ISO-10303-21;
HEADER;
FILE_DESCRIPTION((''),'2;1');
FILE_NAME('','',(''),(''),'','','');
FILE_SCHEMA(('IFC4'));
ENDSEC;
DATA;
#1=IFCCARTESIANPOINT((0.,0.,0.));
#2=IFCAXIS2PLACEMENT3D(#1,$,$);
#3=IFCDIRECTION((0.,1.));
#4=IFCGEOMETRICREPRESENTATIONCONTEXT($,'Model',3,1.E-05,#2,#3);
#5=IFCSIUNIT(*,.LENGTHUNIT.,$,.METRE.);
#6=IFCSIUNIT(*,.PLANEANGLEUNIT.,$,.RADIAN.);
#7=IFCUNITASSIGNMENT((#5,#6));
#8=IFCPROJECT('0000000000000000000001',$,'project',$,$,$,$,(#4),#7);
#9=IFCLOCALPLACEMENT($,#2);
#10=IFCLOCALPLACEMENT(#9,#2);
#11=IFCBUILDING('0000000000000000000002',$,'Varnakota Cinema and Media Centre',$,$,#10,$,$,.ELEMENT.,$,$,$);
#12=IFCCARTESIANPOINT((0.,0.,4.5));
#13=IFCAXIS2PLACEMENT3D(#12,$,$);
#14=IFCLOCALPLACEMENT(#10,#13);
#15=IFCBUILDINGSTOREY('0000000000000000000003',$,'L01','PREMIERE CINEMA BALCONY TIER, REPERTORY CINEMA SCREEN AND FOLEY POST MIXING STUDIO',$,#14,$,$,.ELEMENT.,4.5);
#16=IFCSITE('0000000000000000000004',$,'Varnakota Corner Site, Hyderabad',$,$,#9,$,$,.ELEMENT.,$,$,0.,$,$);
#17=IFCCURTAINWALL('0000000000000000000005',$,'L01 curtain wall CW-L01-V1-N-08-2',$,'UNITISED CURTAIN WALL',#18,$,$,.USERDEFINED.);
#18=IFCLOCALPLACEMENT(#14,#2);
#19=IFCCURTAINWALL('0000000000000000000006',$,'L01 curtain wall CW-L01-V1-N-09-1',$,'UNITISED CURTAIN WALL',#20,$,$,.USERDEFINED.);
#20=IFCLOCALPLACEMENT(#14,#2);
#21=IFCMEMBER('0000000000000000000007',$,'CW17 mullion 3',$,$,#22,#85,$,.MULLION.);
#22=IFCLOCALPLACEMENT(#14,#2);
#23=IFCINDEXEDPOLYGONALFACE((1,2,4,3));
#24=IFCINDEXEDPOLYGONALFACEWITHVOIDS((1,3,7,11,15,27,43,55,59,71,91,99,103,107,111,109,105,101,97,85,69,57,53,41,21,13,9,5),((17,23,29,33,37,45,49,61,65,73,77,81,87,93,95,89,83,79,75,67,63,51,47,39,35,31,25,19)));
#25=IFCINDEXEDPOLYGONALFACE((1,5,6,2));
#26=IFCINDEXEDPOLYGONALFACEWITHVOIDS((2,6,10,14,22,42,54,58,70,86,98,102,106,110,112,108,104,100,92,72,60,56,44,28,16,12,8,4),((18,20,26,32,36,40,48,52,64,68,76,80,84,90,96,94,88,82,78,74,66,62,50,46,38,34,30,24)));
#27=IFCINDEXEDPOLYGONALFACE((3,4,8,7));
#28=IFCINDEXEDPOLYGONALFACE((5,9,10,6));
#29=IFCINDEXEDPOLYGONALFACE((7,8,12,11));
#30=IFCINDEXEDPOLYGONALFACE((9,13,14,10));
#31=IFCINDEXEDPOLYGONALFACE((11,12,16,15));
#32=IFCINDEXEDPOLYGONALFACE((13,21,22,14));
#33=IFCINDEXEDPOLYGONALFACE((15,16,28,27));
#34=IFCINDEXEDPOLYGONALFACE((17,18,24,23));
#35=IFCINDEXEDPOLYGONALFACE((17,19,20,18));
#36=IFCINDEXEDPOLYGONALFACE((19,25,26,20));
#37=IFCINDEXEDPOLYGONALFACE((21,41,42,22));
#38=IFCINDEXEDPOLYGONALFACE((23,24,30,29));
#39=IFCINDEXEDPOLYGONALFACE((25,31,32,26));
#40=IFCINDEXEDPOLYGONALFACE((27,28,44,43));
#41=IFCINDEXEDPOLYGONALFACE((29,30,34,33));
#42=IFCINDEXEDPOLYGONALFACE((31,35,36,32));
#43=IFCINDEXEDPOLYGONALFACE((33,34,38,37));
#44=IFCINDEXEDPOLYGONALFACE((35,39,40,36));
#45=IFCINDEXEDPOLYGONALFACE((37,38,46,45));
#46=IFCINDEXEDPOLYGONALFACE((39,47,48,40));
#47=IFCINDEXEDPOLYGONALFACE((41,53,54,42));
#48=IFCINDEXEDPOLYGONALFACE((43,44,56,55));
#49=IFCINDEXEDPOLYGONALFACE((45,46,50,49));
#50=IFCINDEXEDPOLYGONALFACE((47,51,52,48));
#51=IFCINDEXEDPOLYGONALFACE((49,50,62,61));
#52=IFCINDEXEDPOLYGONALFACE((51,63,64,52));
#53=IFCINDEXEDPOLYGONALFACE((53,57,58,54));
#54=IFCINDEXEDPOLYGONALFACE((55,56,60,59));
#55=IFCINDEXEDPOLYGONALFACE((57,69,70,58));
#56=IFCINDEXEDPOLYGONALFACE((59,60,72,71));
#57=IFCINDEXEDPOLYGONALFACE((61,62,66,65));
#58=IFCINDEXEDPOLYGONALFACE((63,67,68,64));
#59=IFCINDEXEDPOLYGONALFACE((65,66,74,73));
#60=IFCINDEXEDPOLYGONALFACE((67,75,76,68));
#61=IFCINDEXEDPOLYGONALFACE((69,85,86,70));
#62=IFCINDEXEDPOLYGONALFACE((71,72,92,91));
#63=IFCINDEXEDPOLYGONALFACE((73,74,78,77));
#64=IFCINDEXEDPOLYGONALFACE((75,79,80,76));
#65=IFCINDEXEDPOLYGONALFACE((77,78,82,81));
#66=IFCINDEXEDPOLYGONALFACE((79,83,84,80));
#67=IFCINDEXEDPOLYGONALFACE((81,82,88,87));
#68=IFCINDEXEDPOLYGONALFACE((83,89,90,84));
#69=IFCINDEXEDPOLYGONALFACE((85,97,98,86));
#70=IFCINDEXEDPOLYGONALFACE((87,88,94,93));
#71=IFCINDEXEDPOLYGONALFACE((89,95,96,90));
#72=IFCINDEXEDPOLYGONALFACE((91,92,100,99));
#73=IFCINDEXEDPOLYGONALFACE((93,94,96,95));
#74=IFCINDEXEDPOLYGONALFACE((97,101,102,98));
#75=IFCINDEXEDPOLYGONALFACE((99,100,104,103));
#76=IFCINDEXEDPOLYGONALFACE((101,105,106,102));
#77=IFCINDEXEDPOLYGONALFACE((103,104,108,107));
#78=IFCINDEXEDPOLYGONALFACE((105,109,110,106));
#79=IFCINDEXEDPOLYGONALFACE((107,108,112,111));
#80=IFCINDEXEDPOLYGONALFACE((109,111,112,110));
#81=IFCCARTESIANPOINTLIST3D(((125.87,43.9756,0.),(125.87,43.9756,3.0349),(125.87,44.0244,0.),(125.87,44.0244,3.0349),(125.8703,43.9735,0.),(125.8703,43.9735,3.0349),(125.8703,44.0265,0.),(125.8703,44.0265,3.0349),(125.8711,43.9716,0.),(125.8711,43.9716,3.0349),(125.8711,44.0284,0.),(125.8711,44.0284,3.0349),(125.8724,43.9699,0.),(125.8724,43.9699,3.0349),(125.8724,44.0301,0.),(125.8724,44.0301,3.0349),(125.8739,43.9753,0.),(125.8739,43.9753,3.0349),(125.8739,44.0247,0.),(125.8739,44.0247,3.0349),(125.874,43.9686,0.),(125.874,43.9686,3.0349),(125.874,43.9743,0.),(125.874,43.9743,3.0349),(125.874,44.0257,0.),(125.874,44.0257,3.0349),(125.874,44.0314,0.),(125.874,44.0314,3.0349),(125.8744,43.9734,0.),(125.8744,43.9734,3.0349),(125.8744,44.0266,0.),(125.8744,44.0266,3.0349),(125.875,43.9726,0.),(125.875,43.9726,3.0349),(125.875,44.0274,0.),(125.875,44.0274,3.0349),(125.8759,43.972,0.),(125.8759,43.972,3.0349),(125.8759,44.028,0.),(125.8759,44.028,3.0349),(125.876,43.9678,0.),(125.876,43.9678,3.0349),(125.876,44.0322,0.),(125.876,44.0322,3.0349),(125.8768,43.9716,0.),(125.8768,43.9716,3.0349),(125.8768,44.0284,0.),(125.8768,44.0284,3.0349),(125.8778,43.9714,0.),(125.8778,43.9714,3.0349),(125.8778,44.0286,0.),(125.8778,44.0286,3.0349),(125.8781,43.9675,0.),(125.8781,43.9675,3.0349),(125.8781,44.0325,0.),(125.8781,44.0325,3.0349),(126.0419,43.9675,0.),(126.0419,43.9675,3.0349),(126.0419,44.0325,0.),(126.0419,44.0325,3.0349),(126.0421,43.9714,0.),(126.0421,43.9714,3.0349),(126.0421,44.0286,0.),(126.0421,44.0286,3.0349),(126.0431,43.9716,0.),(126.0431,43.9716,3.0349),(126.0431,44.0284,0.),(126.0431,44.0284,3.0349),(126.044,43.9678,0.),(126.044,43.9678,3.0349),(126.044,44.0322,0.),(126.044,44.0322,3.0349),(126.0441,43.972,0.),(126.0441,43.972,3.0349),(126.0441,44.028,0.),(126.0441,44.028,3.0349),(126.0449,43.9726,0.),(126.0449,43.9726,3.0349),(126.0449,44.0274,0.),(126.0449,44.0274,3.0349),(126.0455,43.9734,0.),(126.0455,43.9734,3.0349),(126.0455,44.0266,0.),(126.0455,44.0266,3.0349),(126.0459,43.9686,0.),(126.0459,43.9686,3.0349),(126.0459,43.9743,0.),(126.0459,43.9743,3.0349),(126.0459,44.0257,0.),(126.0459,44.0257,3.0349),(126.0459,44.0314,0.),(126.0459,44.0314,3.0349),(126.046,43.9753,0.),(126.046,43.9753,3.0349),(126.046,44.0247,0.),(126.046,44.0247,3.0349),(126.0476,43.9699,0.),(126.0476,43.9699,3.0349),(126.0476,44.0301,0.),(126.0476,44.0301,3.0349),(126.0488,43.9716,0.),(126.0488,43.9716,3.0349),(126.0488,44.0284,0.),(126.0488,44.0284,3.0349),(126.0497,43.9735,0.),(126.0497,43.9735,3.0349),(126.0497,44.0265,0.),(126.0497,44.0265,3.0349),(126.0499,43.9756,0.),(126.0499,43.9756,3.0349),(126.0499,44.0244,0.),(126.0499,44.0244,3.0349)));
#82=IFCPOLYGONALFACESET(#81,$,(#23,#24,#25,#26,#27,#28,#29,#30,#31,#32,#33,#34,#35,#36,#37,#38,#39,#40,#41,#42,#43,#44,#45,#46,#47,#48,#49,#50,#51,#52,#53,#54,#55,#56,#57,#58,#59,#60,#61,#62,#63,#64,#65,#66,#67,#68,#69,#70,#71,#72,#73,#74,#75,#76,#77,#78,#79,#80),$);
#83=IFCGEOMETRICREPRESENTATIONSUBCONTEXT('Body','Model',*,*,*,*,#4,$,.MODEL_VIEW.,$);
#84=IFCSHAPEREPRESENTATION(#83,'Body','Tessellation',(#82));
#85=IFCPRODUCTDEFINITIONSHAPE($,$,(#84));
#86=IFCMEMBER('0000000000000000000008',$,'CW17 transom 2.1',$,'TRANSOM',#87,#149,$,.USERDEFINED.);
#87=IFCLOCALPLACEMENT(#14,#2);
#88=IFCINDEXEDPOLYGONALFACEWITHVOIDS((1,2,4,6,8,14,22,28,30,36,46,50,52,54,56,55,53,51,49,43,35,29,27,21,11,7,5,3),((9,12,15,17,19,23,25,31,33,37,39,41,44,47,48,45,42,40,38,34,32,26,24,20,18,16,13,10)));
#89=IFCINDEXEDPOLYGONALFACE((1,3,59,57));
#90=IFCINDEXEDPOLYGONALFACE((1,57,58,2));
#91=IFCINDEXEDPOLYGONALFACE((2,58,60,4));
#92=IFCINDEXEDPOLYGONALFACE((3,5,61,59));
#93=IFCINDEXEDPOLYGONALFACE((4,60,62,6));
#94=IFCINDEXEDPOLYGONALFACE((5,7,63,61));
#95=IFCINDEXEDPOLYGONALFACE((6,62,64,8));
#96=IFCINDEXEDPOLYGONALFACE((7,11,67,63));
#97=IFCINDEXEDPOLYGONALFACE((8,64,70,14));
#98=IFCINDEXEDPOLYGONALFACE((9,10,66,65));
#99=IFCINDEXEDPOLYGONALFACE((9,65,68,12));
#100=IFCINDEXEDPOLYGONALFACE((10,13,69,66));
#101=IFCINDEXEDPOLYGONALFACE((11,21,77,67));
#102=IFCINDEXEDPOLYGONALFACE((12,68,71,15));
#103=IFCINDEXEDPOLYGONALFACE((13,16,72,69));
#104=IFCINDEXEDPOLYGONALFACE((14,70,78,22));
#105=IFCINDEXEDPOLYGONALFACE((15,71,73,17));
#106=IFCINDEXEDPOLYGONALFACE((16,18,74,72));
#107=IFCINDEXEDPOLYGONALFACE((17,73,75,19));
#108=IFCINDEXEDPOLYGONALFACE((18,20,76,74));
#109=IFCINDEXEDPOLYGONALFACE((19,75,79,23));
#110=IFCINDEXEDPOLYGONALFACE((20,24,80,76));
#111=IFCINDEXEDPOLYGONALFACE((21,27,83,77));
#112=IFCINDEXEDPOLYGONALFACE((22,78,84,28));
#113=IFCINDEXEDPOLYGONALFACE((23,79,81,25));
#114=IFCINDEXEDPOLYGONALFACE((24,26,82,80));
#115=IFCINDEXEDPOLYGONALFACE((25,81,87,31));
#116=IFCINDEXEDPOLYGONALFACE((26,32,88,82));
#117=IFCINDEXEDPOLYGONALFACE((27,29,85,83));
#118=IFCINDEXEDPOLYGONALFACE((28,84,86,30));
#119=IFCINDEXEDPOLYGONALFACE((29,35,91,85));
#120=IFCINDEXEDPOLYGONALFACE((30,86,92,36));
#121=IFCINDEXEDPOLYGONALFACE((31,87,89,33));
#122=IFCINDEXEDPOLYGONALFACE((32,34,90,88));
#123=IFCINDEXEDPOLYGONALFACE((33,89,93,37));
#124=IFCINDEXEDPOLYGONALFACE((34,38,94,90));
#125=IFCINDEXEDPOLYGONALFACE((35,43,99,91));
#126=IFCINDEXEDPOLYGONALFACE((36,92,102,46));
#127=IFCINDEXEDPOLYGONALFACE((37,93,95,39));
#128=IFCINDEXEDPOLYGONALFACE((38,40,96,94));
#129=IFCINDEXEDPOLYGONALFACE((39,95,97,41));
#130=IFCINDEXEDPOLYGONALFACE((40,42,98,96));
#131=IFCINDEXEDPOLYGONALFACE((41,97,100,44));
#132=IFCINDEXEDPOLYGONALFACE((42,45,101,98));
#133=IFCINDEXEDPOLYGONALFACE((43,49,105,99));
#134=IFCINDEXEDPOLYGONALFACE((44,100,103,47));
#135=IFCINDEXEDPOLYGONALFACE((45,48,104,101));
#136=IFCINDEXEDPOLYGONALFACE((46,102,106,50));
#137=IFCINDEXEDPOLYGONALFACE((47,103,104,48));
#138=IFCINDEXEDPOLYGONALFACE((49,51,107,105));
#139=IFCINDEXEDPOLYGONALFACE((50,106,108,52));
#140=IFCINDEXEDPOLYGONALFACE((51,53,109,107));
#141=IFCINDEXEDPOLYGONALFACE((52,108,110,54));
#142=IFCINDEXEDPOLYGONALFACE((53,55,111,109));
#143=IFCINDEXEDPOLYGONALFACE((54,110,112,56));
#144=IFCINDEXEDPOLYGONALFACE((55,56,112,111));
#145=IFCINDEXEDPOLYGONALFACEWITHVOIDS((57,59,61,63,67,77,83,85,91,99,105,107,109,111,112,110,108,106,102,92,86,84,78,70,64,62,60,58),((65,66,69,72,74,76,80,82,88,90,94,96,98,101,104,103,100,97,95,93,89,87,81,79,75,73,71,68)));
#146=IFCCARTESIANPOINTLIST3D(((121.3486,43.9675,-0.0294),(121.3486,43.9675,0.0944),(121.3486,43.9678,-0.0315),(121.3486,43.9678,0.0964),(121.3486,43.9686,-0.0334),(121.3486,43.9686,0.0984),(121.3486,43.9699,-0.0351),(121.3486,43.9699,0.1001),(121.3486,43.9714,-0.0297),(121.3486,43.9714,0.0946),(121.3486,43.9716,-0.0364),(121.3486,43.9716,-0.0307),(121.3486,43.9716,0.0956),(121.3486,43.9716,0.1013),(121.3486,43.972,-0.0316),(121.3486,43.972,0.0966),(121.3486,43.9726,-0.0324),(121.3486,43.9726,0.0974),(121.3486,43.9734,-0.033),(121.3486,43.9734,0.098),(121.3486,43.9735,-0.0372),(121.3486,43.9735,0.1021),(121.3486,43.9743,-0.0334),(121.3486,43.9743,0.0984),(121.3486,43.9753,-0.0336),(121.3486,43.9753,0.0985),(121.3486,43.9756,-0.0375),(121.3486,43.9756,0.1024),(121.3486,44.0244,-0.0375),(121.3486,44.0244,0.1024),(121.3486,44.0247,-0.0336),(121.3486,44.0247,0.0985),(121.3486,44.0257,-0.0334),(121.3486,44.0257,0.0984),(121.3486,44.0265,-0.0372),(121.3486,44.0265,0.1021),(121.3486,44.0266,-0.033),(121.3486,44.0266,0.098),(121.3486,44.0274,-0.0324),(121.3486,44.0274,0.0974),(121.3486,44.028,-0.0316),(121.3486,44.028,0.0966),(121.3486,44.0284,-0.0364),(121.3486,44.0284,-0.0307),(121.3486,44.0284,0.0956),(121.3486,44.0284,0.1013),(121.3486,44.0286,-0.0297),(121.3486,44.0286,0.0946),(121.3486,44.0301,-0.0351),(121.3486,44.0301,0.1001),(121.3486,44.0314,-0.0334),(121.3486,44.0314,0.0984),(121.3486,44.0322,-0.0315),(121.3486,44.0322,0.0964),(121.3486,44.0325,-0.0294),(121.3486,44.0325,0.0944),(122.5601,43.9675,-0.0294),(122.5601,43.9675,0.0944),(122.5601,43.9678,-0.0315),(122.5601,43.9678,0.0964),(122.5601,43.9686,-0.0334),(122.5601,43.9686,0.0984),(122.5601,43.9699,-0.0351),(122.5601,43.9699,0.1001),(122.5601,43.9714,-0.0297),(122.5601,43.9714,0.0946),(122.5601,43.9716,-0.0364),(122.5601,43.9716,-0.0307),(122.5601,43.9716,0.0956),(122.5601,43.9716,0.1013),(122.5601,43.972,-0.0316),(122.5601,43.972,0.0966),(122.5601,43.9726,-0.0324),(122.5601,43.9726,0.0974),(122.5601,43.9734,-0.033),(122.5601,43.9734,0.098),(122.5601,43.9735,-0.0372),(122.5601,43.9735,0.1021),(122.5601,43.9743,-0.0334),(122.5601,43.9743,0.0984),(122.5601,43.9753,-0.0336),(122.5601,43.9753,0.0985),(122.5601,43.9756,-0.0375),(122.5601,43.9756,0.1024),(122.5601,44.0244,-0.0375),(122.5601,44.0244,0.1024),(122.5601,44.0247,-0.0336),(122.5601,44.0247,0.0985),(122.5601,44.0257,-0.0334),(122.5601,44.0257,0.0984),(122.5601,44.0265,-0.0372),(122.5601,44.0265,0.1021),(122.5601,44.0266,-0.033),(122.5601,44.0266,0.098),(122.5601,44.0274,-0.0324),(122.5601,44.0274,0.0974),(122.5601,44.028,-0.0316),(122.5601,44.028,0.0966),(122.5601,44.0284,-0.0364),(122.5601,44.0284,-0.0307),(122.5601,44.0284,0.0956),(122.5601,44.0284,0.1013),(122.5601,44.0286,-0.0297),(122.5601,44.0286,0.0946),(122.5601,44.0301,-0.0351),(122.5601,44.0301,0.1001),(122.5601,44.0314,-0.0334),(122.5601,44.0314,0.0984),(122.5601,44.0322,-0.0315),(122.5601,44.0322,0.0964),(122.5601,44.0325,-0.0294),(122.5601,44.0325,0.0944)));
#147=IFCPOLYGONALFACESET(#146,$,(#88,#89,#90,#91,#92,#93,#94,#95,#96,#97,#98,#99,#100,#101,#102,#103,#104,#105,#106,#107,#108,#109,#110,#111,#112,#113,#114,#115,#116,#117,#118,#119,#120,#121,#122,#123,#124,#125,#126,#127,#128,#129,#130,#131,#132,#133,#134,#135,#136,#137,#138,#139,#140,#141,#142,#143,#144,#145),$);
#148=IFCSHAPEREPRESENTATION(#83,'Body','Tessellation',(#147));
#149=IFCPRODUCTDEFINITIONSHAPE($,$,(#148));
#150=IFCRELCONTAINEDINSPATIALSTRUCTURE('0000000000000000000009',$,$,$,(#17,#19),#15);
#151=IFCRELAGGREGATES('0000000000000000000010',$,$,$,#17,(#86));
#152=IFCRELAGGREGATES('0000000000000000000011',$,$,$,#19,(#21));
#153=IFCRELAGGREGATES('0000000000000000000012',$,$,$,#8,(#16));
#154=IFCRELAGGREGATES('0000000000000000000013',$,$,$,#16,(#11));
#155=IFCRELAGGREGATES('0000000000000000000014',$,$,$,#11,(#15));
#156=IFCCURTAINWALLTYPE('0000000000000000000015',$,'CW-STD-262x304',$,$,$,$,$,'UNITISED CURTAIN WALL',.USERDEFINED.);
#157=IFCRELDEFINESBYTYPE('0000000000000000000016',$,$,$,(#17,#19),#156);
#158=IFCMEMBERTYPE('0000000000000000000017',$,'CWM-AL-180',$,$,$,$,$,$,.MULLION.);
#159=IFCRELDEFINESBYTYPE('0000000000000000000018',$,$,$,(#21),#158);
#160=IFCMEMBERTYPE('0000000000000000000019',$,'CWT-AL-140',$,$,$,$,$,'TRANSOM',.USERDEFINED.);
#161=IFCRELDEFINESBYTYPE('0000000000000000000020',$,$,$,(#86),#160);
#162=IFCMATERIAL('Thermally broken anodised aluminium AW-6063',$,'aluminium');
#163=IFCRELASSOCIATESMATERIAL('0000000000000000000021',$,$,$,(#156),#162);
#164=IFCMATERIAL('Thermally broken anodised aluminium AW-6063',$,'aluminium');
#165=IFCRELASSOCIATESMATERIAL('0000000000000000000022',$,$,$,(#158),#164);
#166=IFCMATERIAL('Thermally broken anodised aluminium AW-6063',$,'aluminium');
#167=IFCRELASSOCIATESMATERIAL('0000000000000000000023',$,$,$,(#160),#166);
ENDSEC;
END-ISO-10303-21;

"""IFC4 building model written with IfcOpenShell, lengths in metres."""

from ifc_helpers import new_model, si_unit, direction, frame, origin, origin_2d, place, context, subcontext, project, spatial, hollow_rectangle, extrude, material, material_profile, profile_set, type_object, element, aggregate, save


model = new_model("IFC4")

# Units and contexts
model_context = context("Model", 3, precision=1e-05, world=origin(), true_north=direction((0.0, 1.0)))
body_context = subcontext(model_context, "Body", "Model", "MODEL_VIEW")
ifc_project = project(units=[si_unit("LENGTHUNIT", "METRE"), si_unit("PLANEANGLEUNIT", "RADIAN")], contexts=[model_context])

# Site, building, storey
site_placement = place(None, origin())
site = spatial("IfcSite", under=ifc_project, at=site_placement, Name="Varnakota Corner Site, Hyderabad", CompositionType="ELEMENT", RefElevation=0.0)
building_placement = place(site_placement, origin())
building = spatial("IfcBuilding", under=site, at=building_placement, Name="Varnakota Cinema and Media Centre", CompositionType="ELEMENT")
storey_placement = place(building_placement, frame((0.0, 0.0, 4.5)))
storey = spatial("IfcBuildingStorey", under=building, at=storey_placement, Name="L01", Description="PREMIERE CINEMA BALCONY TIER, REPERTORY CINEMA SCREEN AND FOLEY POST MIXING STUDIO", CompositionType="ELEMENT", Elevation=4.5)

# Curtain walls, member
ifc_material_1 = material(Name="Thermally broken anodised aluminium AW-6063", Category="aluminium")
curtain_wall_type = type_object("IfcCurtainWallType", Name="CW-STD-262x304", ElementType="UNITISED CURTAIN WALL", PredefinedType="USERDEFINED", material=ifc_material_1)
curtain_wall_1_placement = place(storey_placement, origin())
curtain_wall_1 = element("IfcCurtainWall", 1, at=curtain_wall_1_placement, inside=storey, type_object=curtain_wall_type, Name="L01 curtain wall CW-L01-V1-N-08-2", ObjectType="UNITISED CURTAIN WALL", PredefinedType="USERDEFINED")
ifc_material_2 = material(Name="Thermally broken anodised aluminium AW-6063", Category="aluminium")
ifc_material_profile_1 = material_profile(ifc_material_2, hollow_rectangle(XDim=0.0649, YDim=0.1799, WallThickness=0.0039, InnerFilletRadius=0.0039, OuterFilletRadius=0.0081, at=origin_2d()), Name="AL-MULLION 180x65x4")
ifc_profile_set_1 = profile_set([ifc_material_profile_1], Name="Thermally broken anodised aluminium AW-6063")
member_type_1 = type_object("IfcMemberType", Name="CWM-AL-180", PredefinedType="MULLION", material=ifc_profile_set_1)
curtain_wall_2_placement = place(storey_placement, origin())
curtain_wall_2 = element("IfcCurtainWall", 2, at=curtain_wall_2_placement, inside=storey, type_object=curtain_wall_type, Name="L01 curtain wall CW-L01-V1-N-09-1", ObjectType="UNITISED CURTAIN WALL", PredefinedType="USERDEFINED")
member_1_placement = place(storey_placement, frame((125.96, 44.0, 0.0), z_axis=(0.0, 0.0, 1.0), x_axis=(0.0, 1.0, 0.0)))
member_1 = element("IfcMember", 3, at=member_1_placement, type_object=member_type_1, Name="CW17 mullion 3", PredefinedType="MULLION", context=body_context, shape_type="SweptSolid", body=[
    extrude(hollow_rectangle(XDim=0.0649, YDim=0.1799, WallThickness=0.0039, InnerFilletRadius=0.0039, OuterFilletRadius=0.0081, at=origin_2d()), origin(), (0.0, 0.0, 1.0), 3.0349),
])

# Member
ifc_material_3 = material(Name="Thermally broken anodised aluminium AW-6063", Category="aluminium")
ifc_material_profile_2 = material_profile(ifc_material_3, hollow_rectangle(XDim=0.0649, YDim=0.1399, WallThickness=0.0039, InnerFilletRadius=0.0039, OuterFilletRadius=0.0081, at=origin_2d()), Name="AL-TRANSOM 140x65x4")
ifc_profile_set_2 = profile_set([ifc_material_profile_2], Name="Thermally broken anodised aluminium AW-6063")
member_type_2 = type_object("IfcMemberType", Name="CWT-AL-140", ElementType="TRANSOM", PredefinedType="USERDEFINED", material=ifc_profile_set_2)
member_2_placement = place(storey_placement, frame((121.3486, 44.0, 0.0325), z_axis=(1.0, 0.0, 0.0), x_axis=(0.0, 1.0, 0.0)))
member_2 = element("IfcMember", 4, at=member_2_placement, type_object=member_type_2, Name="CW17 transom 2.1", ObjectType="TRANSOM", PredefinedType="USERDEFINED", context=body_context, shape_type="SweptSolid", body=[
    extrude(hollow_rectangle(XDim=0.0649, YDim=0.1399, WallThickness=0.0039, InnerFilletRadius=0.0039, OuterFilletRadius=0.0081, at=origin_2d()), origin(), (0.0, 0.0, 1.0), 1.2114),
])

aggregate(curtain_wall_1, [member_2])
aggregate(curtain_wall_2, [member_1])

save(model, "model.ifc")
